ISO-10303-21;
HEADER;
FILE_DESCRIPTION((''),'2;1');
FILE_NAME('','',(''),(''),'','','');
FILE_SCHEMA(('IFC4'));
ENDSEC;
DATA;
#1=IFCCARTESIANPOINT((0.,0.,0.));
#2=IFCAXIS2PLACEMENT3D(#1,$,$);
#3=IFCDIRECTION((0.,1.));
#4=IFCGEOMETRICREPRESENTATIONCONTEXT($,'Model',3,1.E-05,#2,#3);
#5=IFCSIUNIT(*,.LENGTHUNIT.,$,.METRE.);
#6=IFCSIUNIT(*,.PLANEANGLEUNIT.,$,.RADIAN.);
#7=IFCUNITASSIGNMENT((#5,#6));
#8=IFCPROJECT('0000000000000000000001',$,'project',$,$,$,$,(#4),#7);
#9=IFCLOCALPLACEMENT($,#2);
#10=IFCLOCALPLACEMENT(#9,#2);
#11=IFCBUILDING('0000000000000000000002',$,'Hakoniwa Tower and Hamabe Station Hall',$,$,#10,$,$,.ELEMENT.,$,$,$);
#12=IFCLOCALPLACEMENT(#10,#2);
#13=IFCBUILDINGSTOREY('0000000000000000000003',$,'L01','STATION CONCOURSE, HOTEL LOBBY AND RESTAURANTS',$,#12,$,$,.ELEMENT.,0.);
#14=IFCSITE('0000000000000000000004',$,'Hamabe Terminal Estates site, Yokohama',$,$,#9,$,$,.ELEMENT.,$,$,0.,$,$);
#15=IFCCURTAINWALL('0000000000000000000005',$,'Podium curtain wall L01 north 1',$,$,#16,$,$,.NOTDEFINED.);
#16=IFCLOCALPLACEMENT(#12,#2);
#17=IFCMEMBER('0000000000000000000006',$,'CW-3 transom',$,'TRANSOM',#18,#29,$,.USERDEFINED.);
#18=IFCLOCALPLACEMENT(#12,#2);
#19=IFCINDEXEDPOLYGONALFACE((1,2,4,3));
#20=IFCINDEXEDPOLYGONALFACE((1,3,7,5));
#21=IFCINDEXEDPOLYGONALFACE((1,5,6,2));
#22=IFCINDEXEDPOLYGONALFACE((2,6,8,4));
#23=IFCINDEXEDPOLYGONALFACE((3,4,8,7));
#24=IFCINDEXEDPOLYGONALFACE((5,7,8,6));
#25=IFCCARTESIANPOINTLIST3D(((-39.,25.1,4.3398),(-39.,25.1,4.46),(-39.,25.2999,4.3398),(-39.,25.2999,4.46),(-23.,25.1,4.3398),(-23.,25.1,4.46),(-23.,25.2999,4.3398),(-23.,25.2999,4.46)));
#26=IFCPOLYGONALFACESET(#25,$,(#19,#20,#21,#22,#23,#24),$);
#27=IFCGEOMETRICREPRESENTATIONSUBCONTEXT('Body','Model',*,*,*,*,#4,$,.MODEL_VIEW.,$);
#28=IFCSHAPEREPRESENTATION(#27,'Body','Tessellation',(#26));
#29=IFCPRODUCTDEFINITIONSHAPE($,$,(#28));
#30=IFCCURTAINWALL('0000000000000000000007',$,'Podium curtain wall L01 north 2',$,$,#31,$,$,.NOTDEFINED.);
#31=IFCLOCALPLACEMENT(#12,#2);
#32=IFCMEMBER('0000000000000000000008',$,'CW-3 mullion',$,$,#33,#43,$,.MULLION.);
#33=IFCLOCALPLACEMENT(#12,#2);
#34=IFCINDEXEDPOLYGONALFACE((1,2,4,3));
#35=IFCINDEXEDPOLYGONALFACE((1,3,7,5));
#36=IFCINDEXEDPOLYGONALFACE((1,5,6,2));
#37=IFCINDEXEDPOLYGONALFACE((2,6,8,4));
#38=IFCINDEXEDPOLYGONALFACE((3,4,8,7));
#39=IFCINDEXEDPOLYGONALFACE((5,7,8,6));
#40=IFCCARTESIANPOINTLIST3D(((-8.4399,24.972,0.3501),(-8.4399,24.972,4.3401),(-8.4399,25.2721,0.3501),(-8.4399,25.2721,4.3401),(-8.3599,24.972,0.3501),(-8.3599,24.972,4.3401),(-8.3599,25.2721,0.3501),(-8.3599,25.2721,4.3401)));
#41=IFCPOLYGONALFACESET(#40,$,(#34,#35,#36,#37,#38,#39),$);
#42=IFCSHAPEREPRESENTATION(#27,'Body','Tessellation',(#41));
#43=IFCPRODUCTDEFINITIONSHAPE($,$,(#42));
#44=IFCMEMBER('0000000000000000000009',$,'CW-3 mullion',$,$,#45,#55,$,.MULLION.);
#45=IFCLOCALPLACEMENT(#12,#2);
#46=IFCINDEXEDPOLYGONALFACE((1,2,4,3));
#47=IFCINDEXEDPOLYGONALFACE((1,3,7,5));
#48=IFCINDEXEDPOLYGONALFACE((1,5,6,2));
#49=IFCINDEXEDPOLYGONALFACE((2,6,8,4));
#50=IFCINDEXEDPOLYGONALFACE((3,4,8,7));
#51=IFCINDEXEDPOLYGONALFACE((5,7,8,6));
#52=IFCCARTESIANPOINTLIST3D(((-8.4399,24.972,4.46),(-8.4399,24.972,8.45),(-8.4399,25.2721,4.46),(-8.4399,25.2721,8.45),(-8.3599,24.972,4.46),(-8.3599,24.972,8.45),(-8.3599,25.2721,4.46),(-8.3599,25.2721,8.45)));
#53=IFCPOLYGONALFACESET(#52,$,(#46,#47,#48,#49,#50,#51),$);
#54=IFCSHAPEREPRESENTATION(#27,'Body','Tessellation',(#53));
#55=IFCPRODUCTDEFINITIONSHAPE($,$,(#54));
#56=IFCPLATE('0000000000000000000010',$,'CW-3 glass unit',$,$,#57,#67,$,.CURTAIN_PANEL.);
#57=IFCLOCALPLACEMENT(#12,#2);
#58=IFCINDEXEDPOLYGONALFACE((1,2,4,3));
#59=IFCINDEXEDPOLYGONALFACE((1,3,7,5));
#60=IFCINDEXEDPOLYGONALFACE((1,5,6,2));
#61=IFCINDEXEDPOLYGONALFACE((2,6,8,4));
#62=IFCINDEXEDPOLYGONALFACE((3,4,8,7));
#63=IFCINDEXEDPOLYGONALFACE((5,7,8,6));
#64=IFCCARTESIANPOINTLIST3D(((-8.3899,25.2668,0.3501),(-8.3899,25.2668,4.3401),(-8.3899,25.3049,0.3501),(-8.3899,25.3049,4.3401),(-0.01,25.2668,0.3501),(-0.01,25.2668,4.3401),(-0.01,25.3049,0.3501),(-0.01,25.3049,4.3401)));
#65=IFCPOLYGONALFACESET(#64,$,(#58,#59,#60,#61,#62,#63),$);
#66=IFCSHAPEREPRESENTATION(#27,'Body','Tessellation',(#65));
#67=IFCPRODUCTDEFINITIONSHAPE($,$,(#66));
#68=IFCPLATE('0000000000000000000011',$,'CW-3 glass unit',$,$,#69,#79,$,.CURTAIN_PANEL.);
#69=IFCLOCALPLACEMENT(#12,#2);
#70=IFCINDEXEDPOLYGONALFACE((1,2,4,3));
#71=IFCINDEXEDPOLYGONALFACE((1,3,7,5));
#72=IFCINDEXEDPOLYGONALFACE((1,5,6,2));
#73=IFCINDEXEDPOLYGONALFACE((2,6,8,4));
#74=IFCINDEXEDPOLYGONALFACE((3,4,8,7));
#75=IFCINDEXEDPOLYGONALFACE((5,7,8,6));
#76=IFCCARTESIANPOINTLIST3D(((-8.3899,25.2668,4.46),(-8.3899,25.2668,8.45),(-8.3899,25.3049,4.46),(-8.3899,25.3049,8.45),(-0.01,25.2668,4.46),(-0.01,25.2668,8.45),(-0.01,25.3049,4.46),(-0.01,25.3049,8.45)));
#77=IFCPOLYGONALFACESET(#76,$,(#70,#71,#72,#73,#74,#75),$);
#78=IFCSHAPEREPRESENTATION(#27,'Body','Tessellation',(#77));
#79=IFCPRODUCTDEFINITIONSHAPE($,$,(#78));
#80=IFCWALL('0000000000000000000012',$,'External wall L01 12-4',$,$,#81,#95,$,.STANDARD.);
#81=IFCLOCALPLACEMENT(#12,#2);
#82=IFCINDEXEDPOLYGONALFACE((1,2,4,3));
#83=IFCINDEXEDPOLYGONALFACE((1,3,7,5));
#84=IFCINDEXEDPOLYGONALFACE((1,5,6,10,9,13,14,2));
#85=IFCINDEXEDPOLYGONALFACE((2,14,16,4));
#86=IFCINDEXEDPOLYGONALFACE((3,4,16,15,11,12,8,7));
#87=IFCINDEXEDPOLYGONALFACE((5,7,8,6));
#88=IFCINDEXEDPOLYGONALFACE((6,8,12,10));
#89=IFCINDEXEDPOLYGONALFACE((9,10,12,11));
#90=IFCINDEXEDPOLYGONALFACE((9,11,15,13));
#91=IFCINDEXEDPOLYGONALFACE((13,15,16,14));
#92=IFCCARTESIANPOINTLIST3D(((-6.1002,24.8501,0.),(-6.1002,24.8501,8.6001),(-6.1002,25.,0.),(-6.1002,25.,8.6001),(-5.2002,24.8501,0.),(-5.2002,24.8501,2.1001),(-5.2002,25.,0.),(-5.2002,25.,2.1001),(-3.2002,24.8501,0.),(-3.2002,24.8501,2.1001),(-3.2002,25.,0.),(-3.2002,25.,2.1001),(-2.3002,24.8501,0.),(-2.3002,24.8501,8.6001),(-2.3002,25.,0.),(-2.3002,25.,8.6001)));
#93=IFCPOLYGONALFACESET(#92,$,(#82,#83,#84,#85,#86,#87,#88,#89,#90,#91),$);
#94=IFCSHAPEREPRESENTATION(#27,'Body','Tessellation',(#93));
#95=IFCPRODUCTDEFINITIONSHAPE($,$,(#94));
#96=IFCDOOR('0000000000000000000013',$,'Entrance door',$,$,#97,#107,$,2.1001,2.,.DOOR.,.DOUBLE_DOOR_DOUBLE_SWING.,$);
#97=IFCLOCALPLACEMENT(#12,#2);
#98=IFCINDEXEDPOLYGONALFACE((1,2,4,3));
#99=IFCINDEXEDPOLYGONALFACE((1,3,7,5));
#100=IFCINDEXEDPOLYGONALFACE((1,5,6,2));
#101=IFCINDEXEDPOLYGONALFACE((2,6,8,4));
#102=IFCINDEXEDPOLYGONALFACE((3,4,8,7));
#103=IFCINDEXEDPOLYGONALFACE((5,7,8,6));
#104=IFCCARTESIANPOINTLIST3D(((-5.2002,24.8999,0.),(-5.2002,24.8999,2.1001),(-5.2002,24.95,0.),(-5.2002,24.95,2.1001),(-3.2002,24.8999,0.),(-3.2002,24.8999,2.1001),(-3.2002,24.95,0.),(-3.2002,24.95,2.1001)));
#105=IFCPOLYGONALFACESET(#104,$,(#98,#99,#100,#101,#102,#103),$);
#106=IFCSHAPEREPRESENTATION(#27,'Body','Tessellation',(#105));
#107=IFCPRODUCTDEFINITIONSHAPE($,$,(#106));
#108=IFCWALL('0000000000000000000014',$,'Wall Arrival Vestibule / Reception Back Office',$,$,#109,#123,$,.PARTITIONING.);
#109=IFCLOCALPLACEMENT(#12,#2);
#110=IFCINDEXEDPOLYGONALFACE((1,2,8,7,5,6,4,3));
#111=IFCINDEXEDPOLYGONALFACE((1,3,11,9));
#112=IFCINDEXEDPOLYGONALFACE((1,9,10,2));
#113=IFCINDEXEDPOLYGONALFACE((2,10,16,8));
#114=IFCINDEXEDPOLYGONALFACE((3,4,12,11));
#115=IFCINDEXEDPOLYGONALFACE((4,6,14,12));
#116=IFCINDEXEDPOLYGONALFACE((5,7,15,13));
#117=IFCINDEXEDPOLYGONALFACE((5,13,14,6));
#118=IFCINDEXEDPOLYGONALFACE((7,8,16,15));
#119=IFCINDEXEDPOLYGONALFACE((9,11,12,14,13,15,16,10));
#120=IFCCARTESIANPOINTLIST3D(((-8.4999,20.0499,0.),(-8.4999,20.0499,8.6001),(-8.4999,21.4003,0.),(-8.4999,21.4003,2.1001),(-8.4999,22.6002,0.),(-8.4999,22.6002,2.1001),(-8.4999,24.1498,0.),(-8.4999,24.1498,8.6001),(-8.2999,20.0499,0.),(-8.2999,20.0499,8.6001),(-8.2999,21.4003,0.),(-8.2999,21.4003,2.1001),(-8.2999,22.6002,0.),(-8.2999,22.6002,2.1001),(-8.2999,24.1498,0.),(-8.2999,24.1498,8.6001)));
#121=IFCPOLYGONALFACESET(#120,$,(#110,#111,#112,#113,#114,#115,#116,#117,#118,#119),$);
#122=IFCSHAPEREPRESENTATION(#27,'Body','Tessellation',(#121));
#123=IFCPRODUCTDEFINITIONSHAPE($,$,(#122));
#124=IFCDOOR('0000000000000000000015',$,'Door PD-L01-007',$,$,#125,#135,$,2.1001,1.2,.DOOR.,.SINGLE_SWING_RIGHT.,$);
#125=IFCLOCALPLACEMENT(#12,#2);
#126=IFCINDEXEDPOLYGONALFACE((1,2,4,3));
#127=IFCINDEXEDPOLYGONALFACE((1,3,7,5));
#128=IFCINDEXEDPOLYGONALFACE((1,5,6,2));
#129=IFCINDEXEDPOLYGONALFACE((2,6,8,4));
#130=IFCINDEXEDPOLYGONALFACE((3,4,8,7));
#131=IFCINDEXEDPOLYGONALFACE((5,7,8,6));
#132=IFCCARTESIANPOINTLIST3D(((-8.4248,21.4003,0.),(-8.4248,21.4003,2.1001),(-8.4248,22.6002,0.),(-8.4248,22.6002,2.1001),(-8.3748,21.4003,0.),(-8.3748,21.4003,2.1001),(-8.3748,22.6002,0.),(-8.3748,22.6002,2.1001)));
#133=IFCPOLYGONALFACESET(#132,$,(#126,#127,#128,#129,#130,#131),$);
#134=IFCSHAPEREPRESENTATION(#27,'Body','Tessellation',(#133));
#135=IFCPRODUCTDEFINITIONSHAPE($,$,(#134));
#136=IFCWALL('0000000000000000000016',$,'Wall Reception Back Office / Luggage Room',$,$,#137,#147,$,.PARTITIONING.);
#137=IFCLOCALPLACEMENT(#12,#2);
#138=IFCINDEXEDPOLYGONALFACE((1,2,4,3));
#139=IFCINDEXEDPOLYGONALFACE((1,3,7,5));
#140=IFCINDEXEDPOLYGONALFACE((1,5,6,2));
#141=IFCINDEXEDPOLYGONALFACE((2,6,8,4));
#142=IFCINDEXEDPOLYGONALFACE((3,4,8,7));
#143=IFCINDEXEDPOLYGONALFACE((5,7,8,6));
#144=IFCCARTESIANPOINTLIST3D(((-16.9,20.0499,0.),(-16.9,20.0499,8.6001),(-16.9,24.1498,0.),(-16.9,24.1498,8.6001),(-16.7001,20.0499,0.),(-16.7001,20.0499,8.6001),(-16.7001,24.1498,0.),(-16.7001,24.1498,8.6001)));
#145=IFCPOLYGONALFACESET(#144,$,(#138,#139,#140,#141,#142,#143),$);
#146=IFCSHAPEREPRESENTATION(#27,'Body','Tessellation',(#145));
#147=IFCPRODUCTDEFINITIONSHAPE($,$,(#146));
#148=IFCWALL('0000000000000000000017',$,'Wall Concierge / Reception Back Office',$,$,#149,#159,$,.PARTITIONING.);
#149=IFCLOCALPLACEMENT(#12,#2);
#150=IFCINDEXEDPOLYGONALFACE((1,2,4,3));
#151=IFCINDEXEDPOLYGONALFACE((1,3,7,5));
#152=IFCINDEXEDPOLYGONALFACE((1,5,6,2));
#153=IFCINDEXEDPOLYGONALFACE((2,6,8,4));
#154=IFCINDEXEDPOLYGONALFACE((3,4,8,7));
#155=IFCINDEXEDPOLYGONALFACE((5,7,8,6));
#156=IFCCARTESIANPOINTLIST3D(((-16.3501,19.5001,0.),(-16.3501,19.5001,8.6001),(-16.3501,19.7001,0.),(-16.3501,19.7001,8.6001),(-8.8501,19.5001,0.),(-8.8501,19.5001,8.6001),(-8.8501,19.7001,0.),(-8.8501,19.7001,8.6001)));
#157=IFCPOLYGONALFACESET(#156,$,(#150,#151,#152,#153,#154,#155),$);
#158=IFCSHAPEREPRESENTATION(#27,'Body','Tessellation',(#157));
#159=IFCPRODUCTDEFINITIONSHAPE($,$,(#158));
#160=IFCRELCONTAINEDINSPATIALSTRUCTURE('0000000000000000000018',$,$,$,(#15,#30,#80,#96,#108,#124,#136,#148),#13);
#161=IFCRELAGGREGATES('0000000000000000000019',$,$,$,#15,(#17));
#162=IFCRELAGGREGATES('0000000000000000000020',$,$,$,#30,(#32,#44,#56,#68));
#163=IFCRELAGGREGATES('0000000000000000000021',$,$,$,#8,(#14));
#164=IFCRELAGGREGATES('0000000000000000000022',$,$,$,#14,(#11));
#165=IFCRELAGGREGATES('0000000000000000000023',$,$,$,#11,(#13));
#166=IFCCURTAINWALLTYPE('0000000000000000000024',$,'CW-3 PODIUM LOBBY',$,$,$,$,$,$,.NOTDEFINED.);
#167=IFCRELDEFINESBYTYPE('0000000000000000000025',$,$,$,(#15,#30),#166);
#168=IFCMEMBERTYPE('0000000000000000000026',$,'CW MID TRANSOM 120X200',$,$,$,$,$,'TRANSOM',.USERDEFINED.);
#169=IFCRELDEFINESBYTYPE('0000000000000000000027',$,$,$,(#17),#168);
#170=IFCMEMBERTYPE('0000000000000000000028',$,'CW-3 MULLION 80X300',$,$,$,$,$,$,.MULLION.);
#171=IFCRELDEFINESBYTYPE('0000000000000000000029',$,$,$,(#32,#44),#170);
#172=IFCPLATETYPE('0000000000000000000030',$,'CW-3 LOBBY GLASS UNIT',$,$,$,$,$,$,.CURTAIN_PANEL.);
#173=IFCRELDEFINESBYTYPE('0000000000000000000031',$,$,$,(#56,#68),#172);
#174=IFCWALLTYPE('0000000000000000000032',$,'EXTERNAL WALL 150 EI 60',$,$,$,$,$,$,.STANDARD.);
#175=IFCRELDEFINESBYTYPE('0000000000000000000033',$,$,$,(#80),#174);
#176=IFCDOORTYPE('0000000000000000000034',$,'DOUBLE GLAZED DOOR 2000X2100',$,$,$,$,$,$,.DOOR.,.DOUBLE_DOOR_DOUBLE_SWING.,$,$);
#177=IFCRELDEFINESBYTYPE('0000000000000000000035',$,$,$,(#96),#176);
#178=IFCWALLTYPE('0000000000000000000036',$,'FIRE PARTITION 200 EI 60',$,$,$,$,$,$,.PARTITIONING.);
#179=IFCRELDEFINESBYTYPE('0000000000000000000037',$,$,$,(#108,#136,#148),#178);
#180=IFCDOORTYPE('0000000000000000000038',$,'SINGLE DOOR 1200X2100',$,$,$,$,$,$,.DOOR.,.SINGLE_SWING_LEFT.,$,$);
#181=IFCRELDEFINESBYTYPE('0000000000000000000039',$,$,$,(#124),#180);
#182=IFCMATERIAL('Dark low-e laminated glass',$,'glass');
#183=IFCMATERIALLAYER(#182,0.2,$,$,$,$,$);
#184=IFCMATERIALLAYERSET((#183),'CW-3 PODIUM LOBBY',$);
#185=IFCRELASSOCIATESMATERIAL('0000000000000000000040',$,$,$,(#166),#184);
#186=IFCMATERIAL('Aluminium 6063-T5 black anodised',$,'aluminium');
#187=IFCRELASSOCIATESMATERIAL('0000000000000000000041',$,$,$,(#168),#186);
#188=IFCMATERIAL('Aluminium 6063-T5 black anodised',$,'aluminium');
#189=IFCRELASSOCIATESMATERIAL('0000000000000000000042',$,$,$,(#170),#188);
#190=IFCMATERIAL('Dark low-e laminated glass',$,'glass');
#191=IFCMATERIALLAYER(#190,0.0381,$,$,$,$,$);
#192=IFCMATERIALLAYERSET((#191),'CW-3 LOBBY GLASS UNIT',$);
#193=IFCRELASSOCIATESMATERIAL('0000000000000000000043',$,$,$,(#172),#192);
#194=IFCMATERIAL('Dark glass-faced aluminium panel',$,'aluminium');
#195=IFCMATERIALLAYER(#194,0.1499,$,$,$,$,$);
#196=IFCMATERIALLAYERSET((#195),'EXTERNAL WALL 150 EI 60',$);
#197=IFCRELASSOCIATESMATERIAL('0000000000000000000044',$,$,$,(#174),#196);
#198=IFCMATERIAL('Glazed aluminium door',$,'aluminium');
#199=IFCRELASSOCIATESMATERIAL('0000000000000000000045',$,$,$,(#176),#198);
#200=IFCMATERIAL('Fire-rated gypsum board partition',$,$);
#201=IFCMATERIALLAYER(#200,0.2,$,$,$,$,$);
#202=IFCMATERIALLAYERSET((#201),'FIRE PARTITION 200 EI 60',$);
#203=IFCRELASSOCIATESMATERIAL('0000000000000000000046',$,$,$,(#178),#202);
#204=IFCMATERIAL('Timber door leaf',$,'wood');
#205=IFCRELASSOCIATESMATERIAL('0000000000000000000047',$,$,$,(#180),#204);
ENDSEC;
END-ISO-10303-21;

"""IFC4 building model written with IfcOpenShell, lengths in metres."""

from ifc_helpers import new_model, si_unit, direction, frame, frame_2d, origin, origin_2d, place, context, subcontext, project, spatial, rectangle, extrude, material, layer, layer_set, material_profile, profile_set, type_object, element, fill, aggregate, save


model = new_model("IFC4")

# Units and contexts
model_context = context("Model", 3, precision=1e-05, world=origin(), true_north=direction((0.0, 1.0)))
body_context = subcontext(model_context, "Body", "Model", "MODEL_VIEW")
ifc_project = project(units=[si_unit("LENGTHUNIT", "METRE"), si_unit("PLANEANGLEUNIT", "RADIAN")], contexts=[model_context])

# Site, building, storey
site_placement = place(None, origin())
site = spatial("IfcSite", under=ifc_project, at=site_placement, Name="Hamabe Terminal Estates site, Yokohama", CompositionType="ELEMENT", RefElevation=0.0)
building_placement = place(site_placement, origin())
building = spatial("IfcBuilding", under=site, at=building_placement, Name="Hakoniwa Tower and Hamabe Station Hall", CompositionType="ELEMENT")
storey_placement = place(building_placement, origin())
storey = spatial("IfcBuildingStorey", under=building, at=storey_placement, Name="L01", Description="STATION CONCOURSE, HOTEL LOBBY AND RESTAURANTS", CompositionType="ELEMENT", Elevation=0.0)

# Curtain wall, member
ifc_material_1 = material(Name="Dark low-e laminated glass", Category="glass")
ifc_layer_1 = layer(ifc_material_1, 0.2)
ifc_layer_set_1 = layer_set([ifc_layer_1], Name="CW-3 PODIUM LOBBY")
curtain_wall_type = type_object("IfcCurtainWallType", Name="CW-3 PODIUM LOBBY", PredefinedType="NOTDEFINED", material=ifc_layer_set_1)
curtain_wall_1_placement = place(storey_placement, origin())
curtain_wall_1 = element("IfcCurtainWall", 1, at=curtain_wall_1_placement, inside=storey, type_object=curtain_wall_type, Name="Podium curtain wall L01 north 1", PredefinedType="NOTDEFINED")
ifc_material_2 = material(Name="Aluminium 6063-T5 black anodised", Category="aluminium")
ifc_material_profile_1 = material_profile(ifc_material_2, rectangle(XDim=0.2, YDim=0.1201, at=origin_2d()), Name="CW MID TRANSOM 120X200")
ifc_profile_set_1 = profile_set([ifc_material_profile_1], Name="Aluminium 6063-T5 black anodised")
member_type_1 = type_object("IfcMemberType", Name="CW MID TRANSOM 120X200", ElementType="TRANSOM", PredefinedType="USERDEFINED", material=ifc_profile_set_1)
member_1_placement = place(storey_placement, frame((-23.0, 25.2, 4.3999), z_axis=(-1.0, 0.0, 0.0), x_axis=(0.0, -1.0, 0.0)))
member_1 = element("IfcMember", 2, at=member_1_placement, type_object=member_type_1, Name="CW-3 transom", ObjectType="TRANSOM", PredefinedType="USERDEFINED", context=body_context, shape_type="SweptSolid", body=[
    extrude(rectangle(XDim=0.2, YDim=0.1201, at=origin_2d()), origin(), (0.0, 0.0, 1.0), 16.0),
])
aggregate(curtain_wall_1, [member_1])

# Curtain wall, members, plates
curtain_wall_2_placement = place(storey_placement, origin())
curtain_wall_2 = element("IfcCurtainWall", 3, at=curtain_wall_2_placement, inside=storey, type_object=curtain_wall_type, Name="Podium curtain wall L01 north 2", PredefinedType="NOTDEFINED")
ifc_material_3 = material(Name="Aluminium 6063-T5 black anodised", Category="aluminium")
ifc_material_profile_2 = material_profile(ifc_material_3, rectangle(XDim=0.0801, YDim=0.3, at=origin_2d()), Name="CW-3 MULLION 80X300")
ifc_profile_set_2 = profile_set([ifc_material_profile_2], Name="Aluminium 6063-T5 black anodised")
member_type_2 = type_object("IfcMemberType", Name="CW-3 MULLION 80X300", PredefinedType="MULLION", material=ifc_profile_set_2)
member_2_placement = place(storey_placement, frame((-8.3999, 25.1221, 0.3501), z_axis=(0.0, 0.0, 1.0), x_axis=(-1.0, 0.0, 0.0)))
member_2 = element("IfcMember", 4, at=member_2_placement, type_object=member_type_2, Name="CW-3 mullion", PredefinedType="MULLION", context=body_context, shape_type="SweptSolid", body=[
    extrude(rectangle(XDim=0.0801, YDim=0.3, at=origin_2d()), origin(), (0.0, 0.0, 1.0), 3.99),
])
member_3_placement = place(storey_placement, frame((-8.3999, 25.1221, 4.46), z_axis=(0.0, 0.0, 1.0), x_axis=(-1.0, 0.0, 0.0)))
member_3 = element("IfcMember", 5, at=member_3_placement, type_object=member_type_2, Name="CW-3 mullion", PredefinedType="MULLION", context=body_context, shape_type="SweptSolid", body=[
    extrude(rectangle(XDim=0.0801, YDim=0.3, at=origin_2d()), origin(), (0.0, 0.0, 1.0), 3.99),
])
ifc_material_4 = material(Name="Dark low-e laminated glass", Category="glass")
ifc_layer_2 = layer(ifc_material_4, 0.0381)
ifc_layer_set_2 = layer_set([ifc_layer_2], Name="CW-3 LOBBY GLASS UNIT")
plate_type = type_object("IfcPlateType", Name="CW-3 LOBBY GLASS UNIT", PredefinedType="CURTAIN_PANEL", material=ifc_layer_set_2)
plate_1_placement = place(storey_placement, frame((-4.2, 25.2859, 0.3501), z_axis=(0.0, 0.0, 1.0), x_axis=(-1.0, 0.0, 0.0)))
plate_1 = element("IfcPlate", 6, at=plate_1_placement, type_object=plate_type, Name="CW-3 glass unit", PredefinedType="CURTAIN_PANEL", context=body_context, shape_type="SweptSolid", body=[
    extrude(rectangle(XDim=8.3799, YDim=0.0381, at=origin_2d()), origin(), (0.0, 0.0, 1.0), 3.99),
])
plate_2_placement = place(storey_placement, frame((-4.2, 25.2859, 4.46), z_axis=(0.0, 0.0, 1.0), x_axis=(-1.0, 0.0, 0.0)))
plate_2 = element("IfcPlate", 7, at=plate_2_placement, type_object=plate_type, Name="CW-3 glass unit", PredefinedType="CURTAIN_PANEL", context=body_context, shape_type="SweptSolid", body=[
    extrude(rectangle(XDim=8.3799, YDim=0.0381, at=origin_2d()), origin(), (0.0, 0.0, 1.0), 3.99),
])
aggregate(curtain_wall_2, [member_2, member_3, plate_1, plate_2])

# Walls, openings, doors
ifc_material_5 = material(Name="Dark glass-faced aluminium panel", Category="aluminium")
ifc_layer_3 = layer(ifc_material_5, 0.1499)
ifc_layer_set_3 = layer_set([ifc_layer_3], Name="EXTERNAL WALL 150 EI 60")
wall_type_1 = type_object("IfcWallType", Name="EXTERNAL WALL 150 EI 60", PredefinedType="STANDARD", material=ifc_layer_set_3)
wall_1_placement = place(storey_placement, frame((-6.1001, 24.925, 0.0), z_axis=(0.0, 0.0, 1.0), x_axis=(1.0, 0.0, 0.0)))
wall_1 = element("IfcWall", 8, at=wall_1_placement, inside=storey, type_object=wall_type_1, Name="External wall L01 12-4", PredefinedType="STANDARD", context=body_context, shape_type="SweptSolid", body=[
    extrude(rectangle(XDim=3.8, YDim=0.1499, at=frame_2d((1.8999, 0.0))), origin(), (0.0, 0.0, 1.0), 8.6001),
])
opening_1_placement = place(wall_1_placement, frame((0.8999, 0.0, 0.0)))
opening_1 = element("IfcOpeningElement", 9, at=opening_1_placement, cuts=wall_1, PredefinedType="OPENING", context=body_context, shape_type="SweptSolid", body=[
    extrude(rectangle(XDim=2.0, YDim=2.1001, at=frame_2d((1.0, 1.05))), frame((0.0, 0.085, 0.0), z_axis=(0.0, -1.0, 0.0), x_axis=(1.0, 0.0, 0.0)), (0.0, 0.0, 1.0), 0.1699),
])
ifc_material_6 = material(Name="Glazed aluminium door", Category="aluminium")
door_type_1 = type_object("IfcDoorType", Name="DOUBLE GLAZED DOOR 2000X2100", OperationType="DOUBLE_DOOR_DOUBLE_SWING", PredefinedType="DOOR", material=ifc_material_6)
door_1_placement = place(opening_1_placement, origin())
door_1 = element("IfcDoor", 10, at=door_1_placement, inside=storey, type_object=door_type_1, Name="Entrance door", OperationType="DOUBLE_DOOR_DOUBLE_SWING", OverallHeight=2.1001, OverallWidth=2.0, PredefinedType="DOOR", context=body_context, shape_type="SweptSolid", body=[
    extrude(rectangle(XDim=2.0, YDim=2.1001, at=frame_2d((1.0, 1.05))), frame((0.0, 0.0249, 0.0), z_axis=(0.0, -1.0, 0.0), x_axis=(1.0, 0.0, 0.0)), (0.0, 0.0, 1.0), 0.05),
])
fill(opening_1, door_1)
ifc_material_7 = material(Name="Fire-rated gypsum board partition")
ifc_layer_4 = layer(ifc_material_7, 0.2)
ifc_layer_set_4 = layer_set([ifc_layer_4], Name="FIRE PARTITION 200 EI 60")
wall_type_2 = type_object("IfcWallType", Name="FIRE PARTITION 200 EI 60", PredefinedType="PARTITIONING", material=ifc_layer_set_4)
wall_2_placement = place(storey_placement, frame((-8.3999, 20.05, 0.0), z_axis=(0.0, 0.0, 1.0), x_axis=(0.0, 1.0, 0.0)))
wall_2 = element("IfcWall", 11, at=wall_2_placement, inside=storey, type_object=wall_type_2, Name="Wall Arrival Vestibule / Reception Back Office", PredefinedType="PARTITIONING", context=body_context, shape_type="SweptSolid", body=[
    extrude(rectangle(XDim=4.0999, YDim=0.2, at=frame_2d((2.0498, 0.0))), origin(), (0.0, 0.0, 1.0), 8.6001),
])
opening_2_placement = place(wall_2_placement, frame((1.3501, 0.0, 0.0)))
opening_2 = element("IfcOpeningElement", 12, at=opening_2_placement, cuts=wall_2, PredefinedType="OPENING", context=body_context, shape_type="SweptSolid", body=[
    extrude(rectangle(XDim=1.2, YDim=2.1001, at=frame_2d((0.6001, 1.05))), frame((0.0, 0.1099, 0.0), z_axis=(0.0, -1.0, 0.0), x_axis=(1.0, 0.0, 0.0)), (0.0, 0.0, 1.0), 0.22),
])
ifc_material_8 = material(Name="Timber door leaf", Category="wood")
door_type_2 = type_object("IfcDoorType", Name="SINGLE DOOR 1200X2100", OperationType="SINGLE_SWING_LEFT", PredefinedType="DOOR", material=ifc_material_8)
door_2_placement = place(opening_2_placement, origin())
door_2 = element("IfcDoor", 13, at=door_2_placement, inside=storey, type_object=door_type_2, Name="Door PD-L01-007", OperationType="SINGLE_SWING_RIGHT", OverallHeight=2.1001, OverallWidth=1.2, PredefinedType="DOOR", context=body_context, shape_type="SweptSolid", body=[
    extrude(rectangle(XDim=1.2, YDim=2.1001, at=frame_2d((0.6001, 1.05))), frame((0.0, 0.0249, 0.0), z_axis=(0.0, -1.0, 0.0), x_axis=(1.0, 0.0, 0.0)), (0.0, 0.0, 1.0), 0.05),
])
fill(opening_2, door_2)

# Walls
wall_3_placement = place(storey_placement, frame((-16.8, 20.05, 0.0), z_axis=(0.0, 0.0, 1.0), x_axis=(0.0, 1.0, 0.0)))
element("IfcWall", 14, at=wall_3_placement, inside=storey, type_object=wall_type_2, Name="Wall Reception Back Office / Luggage Room", PredefinedType="PARTITIONING", context=body_context, shape_type="SweptSolid", body=[
    extrude(rectangle(XDim=4.0999, YDim=0.2, at=frame_2d((2.0498, 0.0))), origin(), (0.0, 0.0, 1.0), 8.6001),
])
wall_4_placement = place(storey_placement, frame((-16.3501, 19.6001, 0.0), z_axis=(0.0, 0.0, 1.0), x_axis=(1.0, 0.0, 0.0)))
element("IfcWall", 15, at=wall_4_placement, inside=storey, type_object=wall_type_2, Name="Wall Concierge / Reception Back Office", PredefinedType="PARTITIONING", context=body_context, shape_type="SweptSolid", body=[
    extrude(rectangle(XDim=7.5, YDim=0.2, at=frame_2d((3.75, 0.0))), origin(), (0.0, 0.0, 1.0), 8.6001),
])

save(model, "model.ifc")
